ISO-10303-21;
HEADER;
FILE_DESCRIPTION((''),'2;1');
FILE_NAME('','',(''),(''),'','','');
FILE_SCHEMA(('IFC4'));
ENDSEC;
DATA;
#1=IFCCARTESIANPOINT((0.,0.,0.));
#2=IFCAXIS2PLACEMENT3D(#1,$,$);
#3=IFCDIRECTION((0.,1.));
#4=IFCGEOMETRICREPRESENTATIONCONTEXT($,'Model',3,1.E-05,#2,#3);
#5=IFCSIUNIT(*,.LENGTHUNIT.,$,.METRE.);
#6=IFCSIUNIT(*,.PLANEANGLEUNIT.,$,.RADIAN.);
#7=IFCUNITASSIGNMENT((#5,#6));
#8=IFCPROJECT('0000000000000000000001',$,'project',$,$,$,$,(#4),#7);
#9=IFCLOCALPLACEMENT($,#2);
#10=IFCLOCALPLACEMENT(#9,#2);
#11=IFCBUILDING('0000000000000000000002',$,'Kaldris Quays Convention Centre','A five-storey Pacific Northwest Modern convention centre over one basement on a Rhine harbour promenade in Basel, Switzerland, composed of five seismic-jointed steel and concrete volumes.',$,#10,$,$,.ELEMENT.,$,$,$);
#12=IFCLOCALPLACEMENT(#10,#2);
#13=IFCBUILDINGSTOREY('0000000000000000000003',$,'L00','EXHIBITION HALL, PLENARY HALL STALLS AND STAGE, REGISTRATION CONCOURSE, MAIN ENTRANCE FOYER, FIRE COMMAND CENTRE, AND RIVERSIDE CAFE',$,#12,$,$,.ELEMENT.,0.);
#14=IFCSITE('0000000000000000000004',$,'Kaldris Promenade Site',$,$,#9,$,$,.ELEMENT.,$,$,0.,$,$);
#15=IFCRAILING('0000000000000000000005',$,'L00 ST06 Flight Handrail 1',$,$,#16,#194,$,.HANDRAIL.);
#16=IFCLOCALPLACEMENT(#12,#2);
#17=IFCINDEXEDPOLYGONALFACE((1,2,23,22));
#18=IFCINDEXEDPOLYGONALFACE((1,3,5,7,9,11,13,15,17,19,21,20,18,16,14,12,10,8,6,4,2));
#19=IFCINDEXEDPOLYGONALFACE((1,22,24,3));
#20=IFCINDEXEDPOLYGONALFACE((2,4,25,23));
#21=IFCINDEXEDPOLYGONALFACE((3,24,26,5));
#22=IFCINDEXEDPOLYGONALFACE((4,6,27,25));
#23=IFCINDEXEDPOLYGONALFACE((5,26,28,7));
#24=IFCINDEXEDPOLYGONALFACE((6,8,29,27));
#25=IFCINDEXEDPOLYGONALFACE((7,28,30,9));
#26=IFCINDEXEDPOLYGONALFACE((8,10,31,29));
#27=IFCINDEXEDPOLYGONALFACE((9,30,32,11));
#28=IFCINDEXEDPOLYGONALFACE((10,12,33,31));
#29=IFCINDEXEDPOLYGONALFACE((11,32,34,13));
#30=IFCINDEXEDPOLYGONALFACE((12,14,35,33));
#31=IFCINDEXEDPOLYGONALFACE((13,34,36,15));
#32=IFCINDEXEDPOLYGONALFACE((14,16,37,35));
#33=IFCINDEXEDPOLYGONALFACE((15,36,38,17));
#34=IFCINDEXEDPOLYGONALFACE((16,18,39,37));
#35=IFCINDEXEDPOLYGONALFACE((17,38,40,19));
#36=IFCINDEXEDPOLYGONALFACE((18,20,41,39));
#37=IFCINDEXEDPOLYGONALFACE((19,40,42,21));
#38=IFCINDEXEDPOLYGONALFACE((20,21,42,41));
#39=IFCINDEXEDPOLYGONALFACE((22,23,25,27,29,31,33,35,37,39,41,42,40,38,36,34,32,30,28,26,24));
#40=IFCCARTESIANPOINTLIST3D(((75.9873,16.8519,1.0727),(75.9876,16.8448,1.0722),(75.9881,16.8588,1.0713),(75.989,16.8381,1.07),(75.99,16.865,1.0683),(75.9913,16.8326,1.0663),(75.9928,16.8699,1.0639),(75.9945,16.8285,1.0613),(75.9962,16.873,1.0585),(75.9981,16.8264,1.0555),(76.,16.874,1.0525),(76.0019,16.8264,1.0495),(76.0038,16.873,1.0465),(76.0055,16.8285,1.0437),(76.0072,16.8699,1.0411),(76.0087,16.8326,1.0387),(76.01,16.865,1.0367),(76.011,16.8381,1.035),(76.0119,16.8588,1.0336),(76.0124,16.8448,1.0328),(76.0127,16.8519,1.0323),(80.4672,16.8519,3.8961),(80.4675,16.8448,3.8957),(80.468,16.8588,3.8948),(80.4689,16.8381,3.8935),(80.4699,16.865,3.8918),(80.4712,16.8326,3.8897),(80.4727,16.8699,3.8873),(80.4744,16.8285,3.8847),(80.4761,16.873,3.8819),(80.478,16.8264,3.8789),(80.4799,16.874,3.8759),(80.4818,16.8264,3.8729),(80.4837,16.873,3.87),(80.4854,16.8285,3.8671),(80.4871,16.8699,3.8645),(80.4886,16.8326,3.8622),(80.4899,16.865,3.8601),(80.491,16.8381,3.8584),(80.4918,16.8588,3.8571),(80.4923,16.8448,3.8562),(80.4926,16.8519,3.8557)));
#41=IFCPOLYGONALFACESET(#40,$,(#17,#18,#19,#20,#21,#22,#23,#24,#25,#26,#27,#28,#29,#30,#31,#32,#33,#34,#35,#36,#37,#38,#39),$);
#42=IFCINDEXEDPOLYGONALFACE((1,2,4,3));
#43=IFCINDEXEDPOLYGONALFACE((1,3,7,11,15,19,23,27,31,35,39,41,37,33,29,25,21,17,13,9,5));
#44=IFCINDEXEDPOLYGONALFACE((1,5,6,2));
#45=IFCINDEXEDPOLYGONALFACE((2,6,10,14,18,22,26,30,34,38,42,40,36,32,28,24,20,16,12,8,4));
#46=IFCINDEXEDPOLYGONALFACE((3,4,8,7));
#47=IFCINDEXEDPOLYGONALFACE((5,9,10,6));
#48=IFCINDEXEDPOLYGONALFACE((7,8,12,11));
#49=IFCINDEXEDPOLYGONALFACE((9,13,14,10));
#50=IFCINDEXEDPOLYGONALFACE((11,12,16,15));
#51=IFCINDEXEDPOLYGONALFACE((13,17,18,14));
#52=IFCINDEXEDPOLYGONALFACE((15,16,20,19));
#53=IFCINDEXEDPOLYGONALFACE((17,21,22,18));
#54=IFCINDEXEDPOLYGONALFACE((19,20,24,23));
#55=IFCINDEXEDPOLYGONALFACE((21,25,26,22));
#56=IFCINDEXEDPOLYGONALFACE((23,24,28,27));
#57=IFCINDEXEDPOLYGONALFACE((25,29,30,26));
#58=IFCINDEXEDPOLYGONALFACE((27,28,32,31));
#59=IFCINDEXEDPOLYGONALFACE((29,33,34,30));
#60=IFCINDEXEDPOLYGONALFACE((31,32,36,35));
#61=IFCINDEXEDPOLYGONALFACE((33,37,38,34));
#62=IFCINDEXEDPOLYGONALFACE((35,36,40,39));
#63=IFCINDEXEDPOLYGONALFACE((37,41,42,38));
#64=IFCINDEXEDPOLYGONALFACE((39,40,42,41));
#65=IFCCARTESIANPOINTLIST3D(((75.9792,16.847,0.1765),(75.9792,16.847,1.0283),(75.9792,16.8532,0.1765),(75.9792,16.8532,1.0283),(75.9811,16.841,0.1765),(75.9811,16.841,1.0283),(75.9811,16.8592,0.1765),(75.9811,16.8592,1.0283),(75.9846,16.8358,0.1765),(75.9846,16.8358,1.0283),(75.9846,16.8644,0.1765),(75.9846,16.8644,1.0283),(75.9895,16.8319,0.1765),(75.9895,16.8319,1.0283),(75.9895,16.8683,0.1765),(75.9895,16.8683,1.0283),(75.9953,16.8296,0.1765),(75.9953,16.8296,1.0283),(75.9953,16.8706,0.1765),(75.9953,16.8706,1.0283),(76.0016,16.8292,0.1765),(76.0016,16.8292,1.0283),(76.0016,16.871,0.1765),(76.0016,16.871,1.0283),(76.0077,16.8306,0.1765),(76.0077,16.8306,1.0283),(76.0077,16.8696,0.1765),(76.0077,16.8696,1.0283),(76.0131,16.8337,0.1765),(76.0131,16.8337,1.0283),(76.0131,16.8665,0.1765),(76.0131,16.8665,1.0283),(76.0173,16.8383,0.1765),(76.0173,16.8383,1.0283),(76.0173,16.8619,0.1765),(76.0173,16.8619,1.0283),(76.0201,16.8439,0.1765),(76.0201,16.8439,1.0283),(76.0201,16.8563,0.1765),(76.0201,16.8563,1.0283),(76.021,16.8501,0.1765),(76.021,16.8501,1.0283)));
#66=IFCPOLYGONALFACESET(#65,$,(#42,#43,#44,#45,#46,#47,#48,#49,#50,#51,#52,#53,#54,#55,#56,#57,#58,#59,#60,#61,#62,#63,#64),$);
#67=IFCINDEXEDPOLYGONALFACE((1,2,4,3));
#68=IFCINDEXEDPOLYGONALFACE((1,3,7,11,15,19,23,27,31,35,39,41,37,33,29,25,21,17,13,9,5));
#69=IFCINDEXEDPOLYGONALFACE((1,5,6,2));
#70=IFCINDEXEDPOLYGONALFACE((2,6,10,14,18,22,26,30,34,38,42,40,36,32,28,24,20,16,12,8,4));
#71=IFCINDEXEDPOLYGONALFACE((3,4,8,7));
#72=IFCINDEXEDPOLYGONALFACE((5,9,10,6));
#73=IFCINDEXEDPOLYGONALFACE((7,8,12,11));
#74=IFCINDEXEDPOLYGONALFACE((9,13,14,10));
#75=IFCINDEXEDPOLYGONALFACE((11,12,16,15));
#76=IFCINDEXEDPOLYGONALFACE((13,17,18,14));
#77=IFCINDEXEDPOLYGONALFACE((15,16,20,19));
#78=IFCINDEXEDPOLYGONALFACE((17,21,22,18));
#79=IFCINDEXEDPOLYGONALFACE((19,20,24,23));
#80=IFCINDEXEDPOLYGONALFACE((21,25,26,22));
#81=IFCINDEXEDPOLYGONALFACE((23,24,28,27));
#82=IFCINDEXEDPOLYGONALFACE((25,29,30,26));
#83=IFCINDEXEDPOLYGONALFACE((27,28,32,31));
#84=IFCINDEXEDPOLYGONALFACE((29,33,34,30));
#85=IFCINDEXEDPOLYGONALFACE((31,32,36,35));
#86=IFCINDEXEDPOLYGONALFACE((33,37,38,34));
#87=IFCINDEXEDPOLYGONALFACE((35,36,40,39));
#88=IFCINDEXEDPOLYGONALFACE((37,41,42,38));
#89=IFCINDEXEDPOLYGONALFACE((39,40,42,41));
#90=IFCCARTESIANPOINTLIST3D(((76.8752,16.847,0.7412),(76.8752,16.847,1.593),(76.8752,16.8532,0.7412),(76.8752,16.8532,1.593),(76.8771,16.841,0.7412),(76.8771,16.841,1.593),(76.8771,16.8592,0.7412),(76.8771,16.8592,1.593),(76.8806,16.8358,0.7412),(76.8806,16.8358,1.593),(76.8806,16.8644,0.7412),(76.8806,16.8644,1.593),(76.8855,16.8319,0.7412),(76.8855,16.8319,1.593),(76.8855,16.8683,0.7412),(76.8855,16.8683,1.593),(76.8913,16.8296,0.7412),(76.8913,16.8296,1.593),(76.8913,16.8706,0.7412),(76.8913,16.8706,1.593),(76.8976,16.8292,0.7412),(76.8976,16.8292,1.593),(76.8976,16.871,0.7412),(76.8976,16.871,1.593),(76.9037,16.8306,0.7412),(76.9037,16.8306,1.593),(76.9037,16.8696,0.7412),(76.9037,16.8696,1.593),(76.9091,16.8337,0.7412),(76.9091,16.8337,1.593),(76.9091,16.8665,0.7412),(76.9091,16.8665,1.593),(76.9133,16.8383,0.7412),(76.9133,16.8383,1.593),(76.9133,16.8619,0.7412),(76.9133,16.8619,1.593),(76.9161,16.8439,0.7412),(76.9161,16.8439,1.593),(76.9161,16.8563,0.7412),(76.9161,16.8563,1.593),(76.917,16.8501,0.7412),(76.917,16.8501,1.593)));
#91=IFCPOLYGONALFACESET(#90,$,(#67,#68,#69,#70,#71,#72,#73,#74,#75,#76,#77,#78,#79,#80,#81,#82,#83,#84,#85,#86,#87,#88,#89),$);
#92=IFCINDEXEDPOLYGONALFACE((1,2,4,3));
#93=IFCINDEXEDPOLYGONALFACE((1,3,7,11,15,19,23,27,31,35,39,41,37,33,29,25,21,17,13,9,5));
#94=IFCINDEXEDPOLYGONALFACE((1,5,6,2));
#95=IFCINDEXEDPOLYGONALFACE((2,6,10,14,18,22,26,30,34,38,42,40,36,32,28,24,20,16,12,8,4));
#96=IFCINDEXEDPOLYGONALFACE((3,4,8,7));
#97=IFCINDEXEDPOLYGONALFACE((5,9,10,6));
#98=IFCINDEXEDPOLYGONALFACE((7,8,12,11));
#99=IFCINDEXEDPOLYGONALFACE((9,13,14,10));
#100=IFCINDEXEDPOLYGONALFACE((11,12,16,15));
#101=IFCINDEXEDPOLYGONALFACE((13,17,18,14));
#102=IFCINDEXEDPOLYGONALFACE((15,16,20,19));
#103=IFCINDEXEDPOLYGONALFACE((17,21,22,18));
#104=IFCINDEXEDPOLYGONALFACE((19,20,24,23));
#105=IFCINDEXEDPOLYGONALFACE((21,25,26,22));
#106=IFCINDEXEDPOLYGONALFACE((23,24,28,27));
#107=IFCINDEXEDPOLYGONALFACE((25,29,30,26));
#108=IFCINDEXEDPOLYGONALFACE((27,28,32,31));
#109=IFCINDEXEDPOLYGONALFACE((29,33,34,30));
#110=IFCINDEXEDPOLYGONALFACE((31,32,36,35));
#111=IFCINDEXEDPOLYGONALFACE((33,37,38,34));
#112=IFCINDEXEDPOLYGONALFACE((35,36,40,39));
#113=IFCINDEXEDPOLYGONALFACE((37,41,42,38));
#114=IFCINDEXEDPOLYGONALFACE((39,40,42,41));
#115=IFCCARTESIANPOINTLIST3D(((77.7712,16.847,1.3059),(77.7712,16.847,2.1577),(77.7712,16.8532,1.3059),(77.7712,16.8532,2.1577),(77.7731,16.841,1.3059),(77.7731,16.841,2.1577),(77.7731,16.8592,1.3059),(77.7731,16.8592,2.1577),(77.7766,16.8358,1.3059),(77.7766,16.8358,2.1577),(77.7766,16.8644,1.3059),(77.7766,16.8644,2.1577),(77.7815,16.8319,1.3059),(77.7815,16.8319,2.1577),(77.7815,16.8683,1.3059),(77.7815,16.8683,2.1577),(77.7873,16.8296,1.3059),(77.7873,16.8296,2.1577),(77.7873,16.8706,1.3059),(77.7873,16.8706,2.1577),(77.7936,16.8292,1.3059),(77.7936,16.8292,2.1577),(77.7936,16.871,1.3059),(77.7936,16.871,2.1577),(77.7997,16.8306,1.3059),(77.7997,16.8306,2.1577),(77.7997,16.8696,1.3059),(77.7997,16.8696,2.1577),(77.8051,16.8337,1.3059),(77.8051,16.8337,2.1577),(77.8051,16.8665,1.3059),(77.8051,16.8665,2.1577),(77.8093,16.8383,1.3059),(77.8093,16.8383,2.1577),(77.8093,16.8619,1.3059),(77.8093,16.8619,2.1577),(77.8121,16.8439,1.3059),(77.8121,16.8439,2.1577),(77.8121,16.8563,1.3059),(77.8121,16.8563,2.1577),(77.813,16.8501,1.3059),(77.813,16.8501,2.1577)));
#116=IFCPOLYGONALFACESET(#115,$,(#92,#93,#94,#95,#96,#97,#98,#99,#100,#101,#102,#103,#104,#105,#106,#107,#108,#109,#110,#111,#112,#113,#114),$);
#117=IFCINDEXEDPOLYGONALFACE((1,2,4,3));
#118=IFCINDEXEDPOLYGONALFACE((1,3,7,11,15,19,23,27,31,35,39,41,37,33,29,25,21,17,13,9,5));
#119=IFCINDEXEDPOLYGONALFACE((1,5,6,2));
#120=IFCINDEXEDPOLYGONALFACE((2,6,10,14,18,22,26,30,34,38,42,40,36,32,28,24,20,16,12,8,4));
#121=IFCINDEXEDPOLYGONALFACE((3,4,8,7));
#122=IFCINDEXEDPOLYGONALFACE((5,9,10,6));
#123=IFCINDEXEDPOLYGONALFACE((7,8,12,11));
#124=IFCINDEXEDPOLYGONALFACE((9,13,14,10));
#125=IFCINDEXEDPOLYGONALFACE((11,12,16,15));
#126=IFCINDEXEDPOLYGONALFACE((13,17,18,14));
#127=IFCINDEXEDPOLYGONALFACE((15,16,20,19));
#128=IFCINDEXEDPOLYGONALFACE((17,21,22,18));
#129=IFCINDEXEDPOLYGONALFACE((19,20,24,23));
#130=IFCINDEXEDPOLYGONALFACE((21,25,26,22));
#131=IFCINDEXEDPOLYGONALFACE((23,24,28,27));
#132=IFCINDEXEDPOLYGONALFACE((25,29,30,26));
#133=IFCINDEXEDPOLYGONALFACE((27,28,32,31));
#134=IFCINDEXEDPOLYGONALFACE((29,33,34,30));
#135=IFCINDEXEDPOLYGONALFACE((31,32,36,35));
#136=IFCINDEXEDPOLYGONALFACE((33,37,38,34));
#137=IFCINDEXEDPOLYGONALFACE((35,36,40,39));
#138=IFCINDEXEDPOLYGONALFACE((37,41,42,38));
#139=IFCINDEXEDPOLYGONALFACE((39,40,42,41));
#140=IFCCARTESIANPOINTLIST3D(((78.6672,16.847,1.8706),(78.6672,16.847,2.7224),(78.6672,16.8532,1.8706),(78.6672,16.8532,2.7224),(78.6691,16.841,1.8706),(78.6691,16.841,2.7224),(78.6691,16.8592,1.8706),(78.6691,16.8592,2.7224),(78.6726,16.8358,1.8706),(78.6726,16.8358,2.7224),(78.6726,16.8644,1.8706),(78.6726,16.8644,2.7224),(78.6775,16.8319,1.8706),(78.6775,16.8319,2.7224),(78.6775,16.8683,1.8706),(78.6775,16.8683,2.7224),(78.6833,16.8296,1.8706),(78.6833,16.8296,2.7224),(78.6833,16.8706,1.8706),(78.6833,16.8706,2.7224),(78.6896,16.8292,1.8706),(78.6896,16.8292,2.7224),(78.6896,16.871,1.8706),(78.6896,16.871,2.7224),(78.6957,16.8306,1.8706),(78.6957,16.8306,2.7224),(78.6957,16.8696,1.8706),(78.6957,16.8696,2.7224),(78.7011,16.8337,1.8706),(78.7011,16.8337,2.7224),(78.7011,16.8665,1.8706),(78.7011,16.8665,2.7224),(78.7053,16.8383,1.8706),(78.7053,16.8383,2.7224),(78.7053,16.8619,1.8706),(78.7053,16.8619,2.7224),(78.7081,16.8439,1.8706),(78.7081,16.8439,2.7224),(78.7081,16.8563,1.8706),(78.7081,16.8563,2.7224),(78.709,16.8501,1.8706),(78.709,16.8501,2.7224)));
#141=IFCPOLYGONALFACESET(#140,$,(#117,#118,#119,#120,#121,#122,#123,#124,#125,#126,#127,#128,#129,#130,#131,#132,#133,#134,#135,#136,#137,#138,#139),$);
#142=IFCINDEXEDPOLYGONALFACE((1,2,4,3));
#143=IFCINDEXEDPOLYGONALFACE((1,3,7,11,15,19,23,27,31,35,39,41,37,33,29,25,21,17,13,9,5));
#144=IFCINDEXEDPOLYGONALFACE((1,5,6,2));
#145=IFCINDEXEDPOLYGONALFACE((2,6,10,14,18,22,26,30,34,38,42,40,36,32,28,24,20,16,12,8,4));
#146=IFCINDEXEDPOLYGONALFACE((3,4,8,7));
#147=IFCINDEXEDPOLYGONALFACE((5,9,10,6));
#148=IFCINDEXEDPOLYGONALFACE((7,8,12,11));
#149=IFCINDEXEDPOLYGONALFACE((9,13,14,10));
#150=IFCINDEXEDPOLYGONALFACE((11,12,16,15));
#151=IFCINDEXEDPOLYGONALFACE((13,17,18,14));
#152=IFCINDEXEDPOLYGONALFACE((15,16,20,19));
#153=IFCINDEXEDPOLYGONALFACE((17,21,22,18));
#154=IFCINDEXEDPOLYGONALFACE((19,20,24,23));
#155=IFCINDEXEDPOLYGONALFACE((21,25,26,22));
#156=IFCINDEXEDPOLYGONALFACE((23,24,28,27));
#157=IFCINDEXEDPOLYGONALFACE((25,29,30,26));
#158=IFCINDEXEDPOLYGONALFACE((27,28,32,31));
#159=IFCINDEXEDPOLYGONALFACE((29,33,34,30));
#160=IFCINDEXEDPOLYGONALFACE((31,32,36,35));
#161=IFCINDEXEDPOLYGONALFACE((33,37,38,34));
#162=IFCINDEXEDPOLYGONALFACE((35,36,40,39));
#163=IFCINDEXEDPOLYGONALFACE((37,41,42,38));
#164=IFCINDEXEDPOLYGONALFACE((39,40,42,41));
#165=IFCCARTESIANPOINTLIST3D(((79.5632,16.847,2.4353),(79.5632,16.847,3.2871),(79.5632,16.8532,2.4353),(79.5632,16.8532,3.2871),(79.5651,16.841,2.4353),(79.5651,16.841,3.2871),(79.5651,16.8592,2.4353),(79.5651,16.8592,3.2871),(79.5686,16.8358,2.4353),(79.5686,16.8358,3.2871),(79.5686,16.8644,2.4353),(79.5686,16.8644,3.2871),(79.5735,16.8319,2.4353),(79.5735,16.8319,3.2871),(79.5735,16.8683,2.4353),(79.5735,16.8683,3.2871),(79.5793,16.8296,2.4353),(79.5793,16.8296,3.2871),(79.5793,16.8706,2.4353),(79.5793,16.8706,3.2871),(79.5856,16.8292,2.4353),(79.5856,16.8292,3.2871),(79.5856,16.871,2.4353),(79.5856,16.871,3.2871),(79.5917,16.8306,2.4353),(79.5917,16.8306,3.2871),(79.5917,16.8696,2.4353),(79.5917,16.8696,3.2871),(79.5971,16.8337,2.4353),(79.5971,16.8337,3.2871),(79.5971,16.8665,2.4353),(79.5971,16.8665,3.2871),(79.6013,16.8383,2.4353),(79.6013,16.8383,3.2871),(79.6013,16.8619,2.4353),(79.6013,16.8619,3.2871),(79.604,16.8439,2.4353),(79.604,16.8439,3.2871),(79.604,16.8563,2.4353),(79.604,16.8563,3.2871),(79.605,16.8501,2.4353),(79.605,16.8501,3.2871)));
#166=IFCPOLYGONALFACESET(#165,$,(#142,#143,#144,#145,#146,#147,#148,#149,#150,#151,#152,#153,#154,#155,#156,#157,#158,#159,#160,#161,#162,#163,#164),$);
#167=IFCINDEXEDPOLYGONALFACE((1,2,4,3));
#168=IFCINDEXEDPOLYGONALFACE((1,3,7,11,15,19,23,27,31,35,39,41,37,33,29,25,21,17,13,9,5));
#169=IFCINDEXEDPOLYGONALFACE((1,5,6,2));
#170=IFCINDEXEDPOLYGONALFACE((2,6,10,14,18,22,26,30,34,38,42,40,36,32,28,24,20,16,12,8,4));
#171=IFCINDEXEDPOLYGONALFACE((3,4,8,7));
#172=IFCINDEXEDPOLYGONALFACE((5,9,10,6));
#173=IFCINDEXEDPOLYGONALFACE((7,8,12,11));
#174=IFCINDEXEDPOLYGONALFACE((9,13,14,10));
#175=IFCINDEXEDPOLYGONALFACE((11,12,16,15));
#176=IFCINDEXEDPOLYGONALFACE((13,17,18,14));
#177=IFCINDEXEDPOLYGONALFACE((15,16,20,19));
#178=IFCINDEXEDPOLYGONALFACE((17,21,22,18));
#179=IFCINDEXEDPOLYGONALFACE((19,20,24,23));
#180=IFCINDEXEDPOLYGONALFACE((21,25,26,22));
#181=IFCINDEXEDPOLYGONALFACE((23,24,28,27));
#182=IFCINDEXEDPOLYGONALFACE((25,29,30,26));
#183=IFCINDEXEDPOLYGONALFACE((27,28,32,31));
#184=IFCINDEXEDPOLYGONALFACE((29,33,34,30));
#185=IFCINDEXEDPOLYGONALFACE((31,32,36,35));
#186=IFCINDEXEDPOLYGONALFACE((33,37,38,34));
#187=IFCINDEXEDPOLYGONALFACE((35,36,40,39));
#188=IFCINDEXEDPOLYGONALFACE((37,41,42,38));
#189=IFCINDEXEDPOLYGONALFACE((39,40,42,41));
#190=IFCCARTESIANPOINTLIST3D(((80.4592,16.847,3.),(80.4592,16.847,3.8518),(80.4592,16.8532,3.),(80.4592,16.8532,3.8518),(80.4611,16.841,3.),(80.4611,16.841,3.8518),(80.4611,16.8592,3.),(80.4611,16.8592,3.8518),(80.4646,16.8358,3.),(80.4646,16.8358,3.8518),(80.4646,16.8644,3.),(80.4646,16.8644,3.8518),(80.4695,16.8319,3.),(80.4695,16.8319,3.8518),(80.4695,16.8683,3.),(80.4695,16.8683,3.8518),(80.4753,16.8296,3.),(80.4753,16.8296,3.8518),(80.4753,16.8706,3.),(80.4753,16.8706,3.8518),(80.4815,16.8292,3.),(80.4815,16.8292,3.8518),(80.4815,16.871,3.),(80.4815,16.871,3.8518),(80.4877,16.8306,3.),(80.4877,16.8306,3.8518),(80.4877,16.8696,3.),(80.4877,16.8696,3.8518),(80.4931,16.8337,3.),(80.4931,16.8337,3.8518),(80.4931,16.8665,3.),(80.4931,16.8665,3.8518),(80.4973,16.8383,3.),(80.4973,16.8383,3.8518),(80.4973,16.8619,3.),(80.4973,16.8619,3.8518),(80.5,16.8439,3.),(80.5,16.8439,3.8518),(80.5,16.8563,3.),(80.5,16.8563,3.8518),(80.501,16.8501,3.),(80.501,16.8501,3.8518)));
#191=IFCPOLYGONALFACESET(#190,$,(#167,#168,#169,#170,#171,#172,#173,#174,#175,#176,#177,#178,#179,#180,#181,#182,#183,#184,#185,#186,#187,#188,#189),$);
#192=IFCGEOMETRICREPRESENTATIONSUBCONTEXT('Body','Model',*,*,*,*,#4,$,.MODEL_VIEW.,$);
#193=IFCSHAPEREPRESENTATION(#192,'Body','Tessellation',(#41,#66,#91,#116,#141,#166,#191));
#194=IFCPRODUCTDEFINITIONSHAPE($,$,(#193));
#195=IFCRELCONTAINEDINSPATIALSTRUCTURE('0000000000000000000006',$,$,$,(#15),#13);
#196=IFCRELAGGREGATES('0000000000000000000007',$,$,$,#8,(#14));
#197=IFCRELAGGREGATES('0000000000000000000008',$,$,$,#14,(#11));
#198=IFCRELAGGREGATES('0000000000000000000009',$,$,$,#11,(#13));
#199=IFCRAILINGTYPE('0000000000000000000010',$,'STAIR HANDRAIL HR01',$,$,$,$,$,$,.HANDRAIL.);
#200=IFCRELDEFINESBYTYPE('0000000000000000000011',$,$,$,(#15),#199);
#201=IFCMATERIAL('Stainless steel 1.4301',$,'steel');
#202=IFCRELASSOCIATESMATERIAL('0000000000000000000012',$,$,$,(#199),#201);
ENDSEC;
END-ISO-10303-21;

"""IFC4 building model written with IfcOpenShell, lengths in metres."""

from ifc_helpers import new_model, si_unit, direction, frame, origin, origin_2d, place, context, subcontext, project, spatial, circle, extrude, material, type_object, element, save


model = new_model("IFC4")

# Units and contexts
model_context = context("Model", 3, precision=1e-05, world=origin(), true_north=direction((0.0, 1.0)))
body_context = subcontext(model_context, "Body", "Model", "MODEL_VIEW")
ifc_project = project(units=[si_unit("LENGTHUNIT", "METRE"), si_unit("PLANEANGLEUNIT", "RADIAN")], contexts=[model_context])

# Site, building, storey
site_placement = place(None, origin())
site = spatial("IfcSite", under=ifc_project, at=site_placement, Name="Kaldris Promenade Site", CompositionType="ELEMENT", RefElevation=0.0)
building_placement = place(site_placement, origin())
building = spatial("IfcBuilding", under=site, at=building_placement, Name="Kaldris Quays Convention Centre", Description="A five-storey Pacific Northwest Modern convention centre over one basement on a Rhine harbour promenade in Basel, Switzerland, composed of five seismic-jointed steel and concrete volumes.", CompositionType="ELEMENT")
storey_placement = place(building_placement, origin())
storey = spatial("IfcBuildingStorey", under=building, at=storey_placement, Name="L00", Description="EXHIBITION HALL, PLENARY HALL STALLS AND STAGE, REGISTRATION CONCOURSE, MAIN ENTRANCE FOYER, FIRE COMMAND CENTRE, AND RIVERSIDE CAFE", CompositionType="ELEMENT", Elevation=0.0)

# Railing
ifc_material_1 = material(Name="Stainless steel 1.4301", Category="steel")
railing_type_1 = type_object("IfcRailingType", Name="STAIR HANDRAIL HR01", PredefinedType="HANDRAIL", material=ifc_material_1)
railing_1_placement = place(storey_placement, frame((76.0, 16.8501, 0.1765)))
element("IfcRailing", 1, at=railing_1_placement, inside=storey, type_object=railing_type_1, Name="L00 ST06 Flight Handrail 1", PredefinedType="HANDRAIL", context=body_context, shape_type="SweptSolid", body=[
    extrude(circle(Radius=0.0239, at=origin_2d()), frame((0.0, 0.0, 0.876), z_axis=(0.845998, 0.0, 0.533186), x_axis=(0.0, 1.0, 0.0)), (0.0, 0.0, 1.0), 5.2954),
    extrude(circle(Radius=0.021, at=origin_2d()), origin(), (0.0, 0.0, 1.0), 0.8518),
    extrude(circle(Radius=0.021, at=origin_2d()), frame((0.896, 0.0, 0.5647)), (0.0, 0.0, 1.0), 0.8518),
    extrude(circle(Radius=0.021, at=origin_2d()), frame((1.792, 0.0, 1.1294)), (0.0, 0.0, 1.0), 0.8518),
    extrude(circle(Radius=0.021, at=origin_2d()), frame((2.688, 0.0, 1.6941)), (0.0, 0.0, 1.0), 0.8518),
    extrude(circle(Radius=0.021, at=origin_2d()), frame((3.584, 0.0, 2.2588)), (0.0, 0.0, 1.0), 0.8518),
    extrude(circle(Radius=0.021, at=origin_2d()), frame((4.48, 0.0, 2.8235)), (0.0, 0.0, 1.0), 0.8518),
])

save(model, "model.ifc")
